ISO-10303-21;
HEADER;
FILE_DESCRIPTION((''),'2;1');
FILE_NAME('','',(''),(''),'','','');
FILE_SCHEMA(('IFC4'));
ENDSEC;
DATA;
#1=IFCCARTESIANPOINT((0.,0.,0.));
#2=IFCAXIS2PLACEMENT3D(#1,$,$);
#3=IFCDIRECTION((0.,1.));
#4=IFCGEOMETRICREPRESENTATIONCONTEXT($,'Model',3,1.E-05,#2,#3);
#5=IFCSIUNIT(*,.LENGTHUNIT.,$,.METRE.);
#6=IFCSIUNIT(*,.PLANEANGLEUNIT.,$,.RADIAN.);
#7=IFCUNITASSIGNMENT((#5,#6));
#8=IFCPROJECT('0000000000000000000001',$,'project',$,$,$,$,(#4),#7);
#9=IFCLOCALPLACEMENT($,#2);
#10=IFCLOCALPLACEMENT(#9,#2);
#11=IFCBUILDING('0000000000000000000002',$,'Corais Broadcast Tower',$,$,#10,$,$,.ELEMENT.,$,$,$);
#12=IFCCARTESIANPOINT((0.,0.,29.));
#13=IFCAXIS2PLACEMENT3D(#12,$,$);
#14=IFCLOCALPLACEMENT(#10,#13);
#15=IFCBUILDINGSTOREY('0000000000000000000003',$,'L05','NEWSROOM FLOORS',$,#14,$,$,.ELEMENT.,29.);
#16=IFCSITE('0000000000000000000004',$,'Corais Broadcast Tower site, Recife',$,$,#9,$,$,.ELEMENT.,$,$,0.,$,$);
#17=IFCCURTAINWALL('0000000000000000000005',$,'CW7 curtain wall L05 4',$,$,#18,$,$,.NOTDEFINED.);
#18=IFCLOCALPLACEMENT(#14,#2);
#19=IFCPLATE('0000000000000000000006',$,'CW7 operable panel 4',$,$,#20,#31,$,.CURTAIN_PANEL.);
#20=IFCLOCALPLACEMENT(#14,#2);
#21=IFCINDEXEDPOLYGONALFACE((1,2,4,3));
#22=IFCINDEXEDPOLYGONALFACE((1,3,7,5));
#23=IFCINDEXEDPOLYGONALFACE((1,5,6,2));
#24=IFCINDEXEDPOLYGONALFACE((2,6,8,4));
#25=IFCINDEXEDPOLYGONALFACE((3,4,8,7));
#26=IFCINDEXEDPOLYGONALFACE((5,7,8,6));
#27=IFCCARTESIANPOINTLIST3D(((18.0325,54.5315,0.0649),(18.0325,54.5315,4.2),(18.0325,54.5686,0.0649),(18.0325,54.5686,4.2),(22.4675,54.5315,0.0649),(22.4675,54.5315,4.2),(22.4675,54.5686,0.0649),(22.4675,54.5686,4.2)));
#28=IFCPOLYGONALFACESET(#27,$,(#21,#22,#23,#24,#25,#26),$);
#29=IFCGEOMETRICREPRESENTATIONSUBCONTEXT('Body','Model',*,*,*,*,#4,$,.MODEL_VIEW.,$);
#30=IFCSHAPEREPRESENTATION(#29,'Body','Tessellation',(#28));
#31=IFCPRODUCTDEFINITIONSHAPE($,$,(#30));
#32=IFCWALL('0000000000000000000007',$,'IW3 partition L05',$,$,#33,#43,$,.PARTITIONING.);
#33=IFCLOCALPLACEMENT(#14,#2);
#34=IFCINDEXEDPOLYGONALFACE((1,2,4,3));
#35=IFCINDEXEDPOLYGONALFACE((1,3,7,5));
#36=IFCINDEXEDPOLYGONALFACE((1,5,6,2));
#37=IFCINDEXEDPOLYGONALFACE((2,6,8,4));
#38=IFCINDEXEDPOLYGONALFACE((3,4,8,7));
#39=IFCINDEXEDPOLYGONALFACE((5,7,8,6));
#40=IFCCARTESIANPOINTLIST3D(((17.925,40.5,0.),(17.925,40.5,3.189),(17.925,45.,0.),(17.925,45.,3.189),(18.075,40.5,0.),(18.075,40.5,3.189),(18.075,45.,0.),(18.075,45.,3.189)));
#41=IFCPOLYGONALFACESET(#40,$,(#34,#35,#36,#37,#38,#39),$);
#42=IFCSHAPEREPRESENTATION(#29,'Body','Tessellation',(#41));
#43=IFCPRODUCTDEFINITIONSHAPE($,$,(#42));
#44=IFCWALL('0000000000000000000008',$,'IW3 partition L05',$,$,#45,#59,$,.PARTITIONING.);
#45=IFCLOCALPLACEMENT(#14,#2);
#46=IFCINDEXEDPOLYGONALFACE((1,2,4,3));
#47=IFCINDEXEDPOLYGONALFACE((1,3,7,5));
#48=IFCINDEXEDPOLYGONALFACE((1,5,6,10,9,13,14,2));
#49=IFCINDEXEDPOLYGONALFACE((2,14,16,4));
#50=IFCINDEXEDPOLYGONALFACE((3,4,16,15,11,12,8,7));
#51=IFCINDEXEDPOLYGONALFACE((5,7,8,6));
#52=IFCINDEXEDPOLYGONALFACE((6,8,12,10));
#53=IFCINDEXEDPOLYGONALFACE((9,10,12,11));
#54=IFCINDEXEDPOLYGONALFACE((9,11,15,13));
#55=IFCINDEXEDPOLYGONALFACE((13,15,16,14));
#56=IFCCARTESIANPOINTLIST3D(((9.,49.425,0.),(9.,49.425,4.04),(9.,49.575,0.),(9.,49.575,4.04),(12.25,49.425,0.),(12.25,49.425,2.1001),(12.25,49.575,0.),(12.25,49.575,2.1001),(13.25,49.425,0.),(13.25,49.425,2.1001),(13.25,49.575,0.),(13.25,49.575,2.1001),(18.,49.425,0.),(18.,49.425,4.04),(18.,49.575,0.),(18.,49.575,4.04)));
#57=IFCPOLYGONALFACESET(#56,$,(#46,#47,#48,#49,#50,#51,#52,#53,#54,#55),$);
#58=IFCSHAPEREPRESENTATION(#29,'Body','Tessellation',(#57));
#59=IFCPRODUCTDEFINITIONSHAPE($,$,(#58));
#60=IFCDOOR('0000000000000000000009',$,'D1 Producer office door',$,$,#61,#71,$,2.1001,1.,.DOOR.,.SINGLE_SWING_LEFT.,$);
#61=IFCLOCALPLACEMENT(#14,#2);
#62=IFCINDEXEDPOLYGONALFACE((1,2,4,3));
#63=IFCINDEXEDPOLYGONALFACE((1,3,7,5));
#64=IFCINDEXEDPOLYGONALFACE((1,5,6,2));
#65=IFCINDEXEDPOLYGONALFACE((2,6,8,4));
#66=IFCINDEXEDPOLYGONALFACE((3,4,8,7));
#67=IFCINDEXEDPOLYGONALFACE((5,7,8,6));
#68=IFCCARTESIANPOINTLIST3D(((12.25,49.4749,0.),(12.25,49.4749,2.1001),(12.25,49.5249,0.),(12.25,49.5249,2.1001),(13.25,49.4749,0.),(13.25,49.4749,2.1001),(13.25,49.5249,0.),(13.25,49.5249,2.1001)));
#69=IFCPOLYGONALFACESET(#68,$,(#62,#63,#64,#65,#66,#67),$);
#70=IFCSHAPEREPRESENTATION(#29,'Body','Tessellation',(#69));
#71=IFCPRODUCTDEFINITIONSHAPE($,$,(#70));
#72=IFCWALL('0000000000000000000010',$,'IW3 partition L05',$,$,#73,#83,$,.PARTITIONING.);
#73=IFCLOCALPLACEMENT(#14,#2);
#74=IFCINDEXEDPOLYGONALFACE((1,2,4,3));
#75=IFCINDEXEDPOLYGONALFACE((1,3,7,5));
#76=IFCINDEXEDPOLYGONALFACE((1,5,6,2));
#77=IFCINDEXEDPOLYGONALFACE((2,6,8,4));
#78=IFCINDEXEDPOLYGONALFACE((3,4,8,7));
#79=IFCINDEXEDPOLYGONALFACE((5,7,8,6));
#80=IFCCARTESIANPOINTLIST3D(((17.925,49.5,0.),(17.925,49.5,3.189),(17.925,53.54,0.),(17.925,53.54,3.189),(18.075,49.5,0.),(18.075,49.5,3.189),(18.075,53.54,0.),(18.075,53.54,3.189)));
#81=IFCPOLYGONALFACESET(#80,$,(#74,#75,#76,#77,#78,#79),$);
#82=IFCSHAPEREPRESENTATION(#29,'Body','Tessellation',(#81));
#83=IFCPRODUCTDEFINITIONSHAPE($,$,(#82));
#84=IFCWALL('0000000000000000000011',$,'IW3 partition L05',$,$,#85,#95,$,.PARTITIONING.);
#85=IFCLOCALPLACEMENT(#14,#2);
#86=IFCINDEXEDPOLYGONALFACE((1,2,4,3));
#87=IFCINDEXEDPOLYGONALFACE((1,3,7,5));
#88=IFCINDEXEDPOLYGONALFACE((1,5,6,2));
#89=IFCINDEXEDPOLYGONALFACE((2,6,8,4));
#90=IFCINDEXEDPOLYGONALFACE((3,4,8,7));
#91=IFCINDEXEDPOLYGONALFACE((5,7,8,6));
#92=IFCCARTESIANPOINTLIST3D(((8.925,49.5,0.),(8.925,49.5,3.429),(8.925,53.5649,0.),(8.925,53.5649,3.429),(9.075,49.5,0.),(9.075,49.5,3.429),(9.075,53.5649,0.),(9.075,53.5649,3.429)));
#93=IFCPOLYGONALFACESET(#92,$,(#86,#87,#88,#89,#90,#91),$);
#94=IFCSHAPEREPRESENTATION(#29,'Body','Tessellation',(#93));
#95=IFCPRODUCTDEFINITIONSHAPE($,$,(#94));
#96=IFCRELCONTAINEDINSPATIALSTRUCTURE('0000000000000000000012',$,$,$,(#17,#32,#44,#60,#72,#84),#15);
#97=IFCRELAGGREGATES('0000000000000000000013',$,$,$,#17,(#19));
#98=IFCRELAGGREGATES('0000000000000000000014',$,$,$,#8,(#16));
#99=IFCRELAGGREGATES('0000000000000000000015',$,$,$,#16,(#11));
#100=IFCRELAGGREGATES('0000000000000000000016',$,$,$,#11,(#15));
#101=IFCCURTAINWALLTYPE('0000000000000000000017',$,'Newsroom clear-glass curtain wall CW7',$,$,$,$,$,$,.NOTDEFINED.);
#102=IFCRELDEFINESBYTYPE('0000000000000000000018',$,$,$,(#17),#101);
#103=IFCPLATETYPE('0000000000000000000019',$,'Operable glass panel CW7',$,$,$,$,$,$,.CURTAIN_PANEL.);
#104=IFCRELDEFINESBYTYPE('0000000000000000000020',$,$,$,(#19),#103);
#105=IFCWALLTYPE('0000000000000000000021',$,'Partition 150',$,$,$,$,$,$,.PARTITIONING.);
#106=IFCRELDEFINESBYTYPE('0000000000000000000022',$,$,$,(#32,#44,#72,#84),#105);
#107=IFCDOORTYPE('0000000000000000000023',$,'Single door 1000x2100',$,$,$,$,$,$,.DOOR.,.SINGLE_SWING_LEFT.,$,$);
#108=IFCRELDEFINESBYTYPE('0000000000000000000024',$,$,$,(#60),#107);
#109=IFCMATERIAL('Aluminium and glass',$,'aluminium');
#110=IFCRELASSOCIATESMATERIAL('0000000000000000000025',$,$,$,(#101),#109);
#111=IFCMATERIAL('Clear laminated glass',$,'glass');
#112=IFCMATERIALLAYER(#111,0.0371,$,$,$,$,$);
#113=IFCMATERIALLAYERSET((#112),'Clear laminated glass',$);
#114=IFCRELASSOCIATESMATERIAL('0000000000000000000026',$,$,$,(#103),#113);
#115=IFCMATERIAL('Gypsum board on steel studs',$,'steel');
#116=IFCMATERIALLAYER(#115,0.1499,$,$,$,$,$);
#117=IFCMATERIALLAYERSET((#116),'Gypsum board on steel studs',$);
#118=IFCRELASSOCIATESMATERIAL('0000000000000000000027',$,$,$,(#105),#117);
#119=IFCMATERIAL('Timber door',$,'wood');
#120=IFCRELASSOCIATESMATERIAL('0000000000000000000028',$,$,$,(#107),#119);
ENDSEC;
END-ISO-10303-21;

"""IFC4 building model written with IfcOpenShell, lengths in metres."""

from ifc_helpers import new_model, si_unit, direction, frame, frame_2d, origin, origin_2d, place, context, subcontext, project, spatial, rectangle, extrude, material, layer, layer_set, type_object, element, fill, aggregate, save


model = new_model("IFC4")

# Units and contexts
model_context = context("Model", 3, precision=1e-05, world=origin(), true_north=direction((0.0, 1.0)))
body_context = subcontext(model_context, "Body", "Model", "MODEL_VIEW")
ifc_project = project(units=[si_unit("LENGTHUNIT", "METRE"), si_unit("PLANEANGLEUNIT", "RADIAN")], contexts=[model_context])

# Site, building, storey
site_placement = place(None, origin())
site = spatial("IfcSite", under=ifc_project, at=site_placement, Name="Corais Broadcast Tower site, Recife", CompositionType="ELEMENT", RefElevation=0.0)
building_placement = place(site_placement, origin())
building = spatial("IfcBuilding", under=site, at=building_placement, Name="Corais Broadcast Tower", CompositionType="ELEMENT")
storey_placement = place(building_placement, frame((0.0, 0.0, 29.0)))
storey = spatial("IfcBuildingStorey", under=building, at=storey_placement, Name="L05", Description="NEWSROOM FLOORS", CompositionType="ELEMENT", Elevation=29.0)

# Curtain wall
ifc_material_1 = material(Name="Aluminium and glass", Category="aluminium")
curtain_wall_type = type_object("IfcCurtainWallType", Name="Newsroom clear-glass curtain wall CW7", PredefinedType="NOTDEFINED", material=ifc_material_1)
curtain_wall_placement = place(storey_placement, origin())
curtain_wall = element("IfcCurtainWall", 1, at=curtain_wall_placement, inside=storey, type_object=curtain_wall_type, Name="CW7 curtain wall L05 4", PredefinedType="NOTDEFINED")

# Plate
ifc_material_2 = material(Name="Clear laminated glass", Category="glass")
ifc_layer_1 = layer(ifc_material_2, 0.0371)
ifc_layer_set_1 = layer_set([ifc_layer_1], Name="Clear laminated glass")
plate_type_1 = type_object("IfcPlateType", Name="Operable glass panel CW7", PredefinedType="CURTAIN_PANEL", material=ifc_layer_set_1)
plate_1_placement = place(storey_placement, frame((20.25, 54.55, 0.0649), z_axis=(0.0, 0.0, 1.0), x_axis=(1.0, 0.0, 0.0)))
plate_1 = element("IfcPlate", 2, at=plate_1_placement, type_object=plate_type_1, Name="CW7 operable panel 4", PredefinedType="CURTAIN_PANEL", context=body_context, shape_type="SweptSolid", body=[
    extrude(rectangle(XDim=4.4351, YDim=0.0371, at=origin_2d()), origin(), (0.0, 0.0, 1.0), 4.135),
])
aggregate(curtain_wall, [plate_1])

# Wall
ifc_material_3 = material(Name="Gypsum board on steel studs", Category="steel")
ifc_layer_2 = layer(ifc_material_3, 0.1499)
ifc_layer_set_2 = layer_set([ifc_layer_2], Name="Gypsum board on steel studs")
wall_type = type_object("IfcWallType", Name="Partition 150", PredefinedType="PARTITIONING", material=ifc_layer_set_2)
wall_1_placement = place(storey_placement, frame((18.0, 45.0, 0.0), z_axis=(0.0, 0.0, 1.0), x_axis=(0.0, -1.0, 0.0)))
element("IfcWall", 3, at=wall_1_placement, inside=storey, type_object=wall_type, Name="IW3 partition L05", PredefinedType="PARTITIONING", context=body_context, shape_type="SweptSolid", body=[
    extrude(rectangle(XDim=4.5, YDim=0.1499, at=frame_2d((2.25, 0.0))), origin(), (0.0, 0.0, 1.0), 3.189),
])

# Wall, opening, door
wall_2_placement = place(storey_placement, frame((9.0, 49.5, 0.0), z_axis=(0.0, 0.0, 1.0), x_axis=(1.0, 0.0, 0.0)))
wall_2 = element("IfcWall", 4, at=wall_2_placement, inside=storey, type_object=wall_type, Name="IW3 partition L05", PredefinedType="PARTITIONING", context=body_context, shape_type="SweptSolid", body=[
    extrude(rectangle(XDim=9.0, YDim=0.1499, at=frame_2d((4.5, 0.0))), origin(), (0.0, 0.0, 1.0), 4.04),
])
opening_placement = place(wall_2_placement, frame((3.25, 0.0, 0.0)))
opening = element("IfcOpeningElement", 5, at=opening_placement, cuts=wall_2, PredefinedType="OPENING", context=body_context, shape_type="SweptSolid", body=[
    extrude(rectangle(XDim=1.0, YDim=2.1001, at=frame_2d((0.5, 1.05))), frame((0.0, 0.085, 0.0), z_axis=(0.0, -1.0, 0.0), x_axis=(1.0, 0.0, 0.0)), (0.0, 0.0, 1.0), 0.1699),
])
ifc_material_4 = material(Name="Timber door", Category="wood")
door_type = type_object("IfcDoorType", Name="Single door 1000x2100", OperationType="SINGLE_SWING_LEFT", PredefinedType="DOOR", material=ifc_material_4)
door_placement = place(opening_placement, origin())
door = element("IfcDoor", 6, at=door_placement, inside=storey, type_object=door_type, Name="D1 Producer office door", OperationType="SINGLE_SWING_LEFT", OverallHeight=2.1001, OverallWidth=1.0, PredefinedType="DOOR", context=body_context, shape_type="SweptSolid", body=[
    extrude(rectangle(XDim=1.0, YDim=2.1001, at=frame_2d((0.5, 1.05))), frame((0.0, 0.0249, 0.0), z_axis=(0.0, -1.0, 0.0), x_axis=(1.0, 0.0, 0.0)), (0.0, 0.0, 1.0), 0.05),
])
fill(opening, door)

# Walls
wall_3_placement = place(storey_placement, frame((18.0, 49.5, 0.0), z_axis=(0.0, 0.0, 1.0), x_axis=(0.0, 1.0, 0.0)))
element("IfcWall", 7, at=wall_3_placement, inside=storey, type_object=wall_type, Name="IW3 partition L05", PredefinedType="PARTITIONING", context=body_context, shape_type="SweptSolid", body=[
    extrude(rectangle(XDim=4.04, YDim=0.1499, at=frame_2d((2.02, 0.0))), origin(), (0.0, 0.0, 1.0), 3.189),
])
wall_4_placement = place(storey_placement, frame((9.0, 53.5649, 0.0), z_axis=(0.0, 0.0, 1.0), x_axis=(0.0, -1.0, 0.0)))
element("IfcWall", 8, at=wall_4_placement, inside=storey, type_object=wall_type, Name="IW3 partition L05", PredefinedType="PARTITIONING", context=body_context, shape_type="SweptSolid", body=[
    extrude(rectangle(XDim=4.0649, YDim=0.1499, at=frame_2d((2.0325, 0.0))), origin(), (0.0, 0.0, 1.0), 3.429),
])

save(model, "model.ifc")
